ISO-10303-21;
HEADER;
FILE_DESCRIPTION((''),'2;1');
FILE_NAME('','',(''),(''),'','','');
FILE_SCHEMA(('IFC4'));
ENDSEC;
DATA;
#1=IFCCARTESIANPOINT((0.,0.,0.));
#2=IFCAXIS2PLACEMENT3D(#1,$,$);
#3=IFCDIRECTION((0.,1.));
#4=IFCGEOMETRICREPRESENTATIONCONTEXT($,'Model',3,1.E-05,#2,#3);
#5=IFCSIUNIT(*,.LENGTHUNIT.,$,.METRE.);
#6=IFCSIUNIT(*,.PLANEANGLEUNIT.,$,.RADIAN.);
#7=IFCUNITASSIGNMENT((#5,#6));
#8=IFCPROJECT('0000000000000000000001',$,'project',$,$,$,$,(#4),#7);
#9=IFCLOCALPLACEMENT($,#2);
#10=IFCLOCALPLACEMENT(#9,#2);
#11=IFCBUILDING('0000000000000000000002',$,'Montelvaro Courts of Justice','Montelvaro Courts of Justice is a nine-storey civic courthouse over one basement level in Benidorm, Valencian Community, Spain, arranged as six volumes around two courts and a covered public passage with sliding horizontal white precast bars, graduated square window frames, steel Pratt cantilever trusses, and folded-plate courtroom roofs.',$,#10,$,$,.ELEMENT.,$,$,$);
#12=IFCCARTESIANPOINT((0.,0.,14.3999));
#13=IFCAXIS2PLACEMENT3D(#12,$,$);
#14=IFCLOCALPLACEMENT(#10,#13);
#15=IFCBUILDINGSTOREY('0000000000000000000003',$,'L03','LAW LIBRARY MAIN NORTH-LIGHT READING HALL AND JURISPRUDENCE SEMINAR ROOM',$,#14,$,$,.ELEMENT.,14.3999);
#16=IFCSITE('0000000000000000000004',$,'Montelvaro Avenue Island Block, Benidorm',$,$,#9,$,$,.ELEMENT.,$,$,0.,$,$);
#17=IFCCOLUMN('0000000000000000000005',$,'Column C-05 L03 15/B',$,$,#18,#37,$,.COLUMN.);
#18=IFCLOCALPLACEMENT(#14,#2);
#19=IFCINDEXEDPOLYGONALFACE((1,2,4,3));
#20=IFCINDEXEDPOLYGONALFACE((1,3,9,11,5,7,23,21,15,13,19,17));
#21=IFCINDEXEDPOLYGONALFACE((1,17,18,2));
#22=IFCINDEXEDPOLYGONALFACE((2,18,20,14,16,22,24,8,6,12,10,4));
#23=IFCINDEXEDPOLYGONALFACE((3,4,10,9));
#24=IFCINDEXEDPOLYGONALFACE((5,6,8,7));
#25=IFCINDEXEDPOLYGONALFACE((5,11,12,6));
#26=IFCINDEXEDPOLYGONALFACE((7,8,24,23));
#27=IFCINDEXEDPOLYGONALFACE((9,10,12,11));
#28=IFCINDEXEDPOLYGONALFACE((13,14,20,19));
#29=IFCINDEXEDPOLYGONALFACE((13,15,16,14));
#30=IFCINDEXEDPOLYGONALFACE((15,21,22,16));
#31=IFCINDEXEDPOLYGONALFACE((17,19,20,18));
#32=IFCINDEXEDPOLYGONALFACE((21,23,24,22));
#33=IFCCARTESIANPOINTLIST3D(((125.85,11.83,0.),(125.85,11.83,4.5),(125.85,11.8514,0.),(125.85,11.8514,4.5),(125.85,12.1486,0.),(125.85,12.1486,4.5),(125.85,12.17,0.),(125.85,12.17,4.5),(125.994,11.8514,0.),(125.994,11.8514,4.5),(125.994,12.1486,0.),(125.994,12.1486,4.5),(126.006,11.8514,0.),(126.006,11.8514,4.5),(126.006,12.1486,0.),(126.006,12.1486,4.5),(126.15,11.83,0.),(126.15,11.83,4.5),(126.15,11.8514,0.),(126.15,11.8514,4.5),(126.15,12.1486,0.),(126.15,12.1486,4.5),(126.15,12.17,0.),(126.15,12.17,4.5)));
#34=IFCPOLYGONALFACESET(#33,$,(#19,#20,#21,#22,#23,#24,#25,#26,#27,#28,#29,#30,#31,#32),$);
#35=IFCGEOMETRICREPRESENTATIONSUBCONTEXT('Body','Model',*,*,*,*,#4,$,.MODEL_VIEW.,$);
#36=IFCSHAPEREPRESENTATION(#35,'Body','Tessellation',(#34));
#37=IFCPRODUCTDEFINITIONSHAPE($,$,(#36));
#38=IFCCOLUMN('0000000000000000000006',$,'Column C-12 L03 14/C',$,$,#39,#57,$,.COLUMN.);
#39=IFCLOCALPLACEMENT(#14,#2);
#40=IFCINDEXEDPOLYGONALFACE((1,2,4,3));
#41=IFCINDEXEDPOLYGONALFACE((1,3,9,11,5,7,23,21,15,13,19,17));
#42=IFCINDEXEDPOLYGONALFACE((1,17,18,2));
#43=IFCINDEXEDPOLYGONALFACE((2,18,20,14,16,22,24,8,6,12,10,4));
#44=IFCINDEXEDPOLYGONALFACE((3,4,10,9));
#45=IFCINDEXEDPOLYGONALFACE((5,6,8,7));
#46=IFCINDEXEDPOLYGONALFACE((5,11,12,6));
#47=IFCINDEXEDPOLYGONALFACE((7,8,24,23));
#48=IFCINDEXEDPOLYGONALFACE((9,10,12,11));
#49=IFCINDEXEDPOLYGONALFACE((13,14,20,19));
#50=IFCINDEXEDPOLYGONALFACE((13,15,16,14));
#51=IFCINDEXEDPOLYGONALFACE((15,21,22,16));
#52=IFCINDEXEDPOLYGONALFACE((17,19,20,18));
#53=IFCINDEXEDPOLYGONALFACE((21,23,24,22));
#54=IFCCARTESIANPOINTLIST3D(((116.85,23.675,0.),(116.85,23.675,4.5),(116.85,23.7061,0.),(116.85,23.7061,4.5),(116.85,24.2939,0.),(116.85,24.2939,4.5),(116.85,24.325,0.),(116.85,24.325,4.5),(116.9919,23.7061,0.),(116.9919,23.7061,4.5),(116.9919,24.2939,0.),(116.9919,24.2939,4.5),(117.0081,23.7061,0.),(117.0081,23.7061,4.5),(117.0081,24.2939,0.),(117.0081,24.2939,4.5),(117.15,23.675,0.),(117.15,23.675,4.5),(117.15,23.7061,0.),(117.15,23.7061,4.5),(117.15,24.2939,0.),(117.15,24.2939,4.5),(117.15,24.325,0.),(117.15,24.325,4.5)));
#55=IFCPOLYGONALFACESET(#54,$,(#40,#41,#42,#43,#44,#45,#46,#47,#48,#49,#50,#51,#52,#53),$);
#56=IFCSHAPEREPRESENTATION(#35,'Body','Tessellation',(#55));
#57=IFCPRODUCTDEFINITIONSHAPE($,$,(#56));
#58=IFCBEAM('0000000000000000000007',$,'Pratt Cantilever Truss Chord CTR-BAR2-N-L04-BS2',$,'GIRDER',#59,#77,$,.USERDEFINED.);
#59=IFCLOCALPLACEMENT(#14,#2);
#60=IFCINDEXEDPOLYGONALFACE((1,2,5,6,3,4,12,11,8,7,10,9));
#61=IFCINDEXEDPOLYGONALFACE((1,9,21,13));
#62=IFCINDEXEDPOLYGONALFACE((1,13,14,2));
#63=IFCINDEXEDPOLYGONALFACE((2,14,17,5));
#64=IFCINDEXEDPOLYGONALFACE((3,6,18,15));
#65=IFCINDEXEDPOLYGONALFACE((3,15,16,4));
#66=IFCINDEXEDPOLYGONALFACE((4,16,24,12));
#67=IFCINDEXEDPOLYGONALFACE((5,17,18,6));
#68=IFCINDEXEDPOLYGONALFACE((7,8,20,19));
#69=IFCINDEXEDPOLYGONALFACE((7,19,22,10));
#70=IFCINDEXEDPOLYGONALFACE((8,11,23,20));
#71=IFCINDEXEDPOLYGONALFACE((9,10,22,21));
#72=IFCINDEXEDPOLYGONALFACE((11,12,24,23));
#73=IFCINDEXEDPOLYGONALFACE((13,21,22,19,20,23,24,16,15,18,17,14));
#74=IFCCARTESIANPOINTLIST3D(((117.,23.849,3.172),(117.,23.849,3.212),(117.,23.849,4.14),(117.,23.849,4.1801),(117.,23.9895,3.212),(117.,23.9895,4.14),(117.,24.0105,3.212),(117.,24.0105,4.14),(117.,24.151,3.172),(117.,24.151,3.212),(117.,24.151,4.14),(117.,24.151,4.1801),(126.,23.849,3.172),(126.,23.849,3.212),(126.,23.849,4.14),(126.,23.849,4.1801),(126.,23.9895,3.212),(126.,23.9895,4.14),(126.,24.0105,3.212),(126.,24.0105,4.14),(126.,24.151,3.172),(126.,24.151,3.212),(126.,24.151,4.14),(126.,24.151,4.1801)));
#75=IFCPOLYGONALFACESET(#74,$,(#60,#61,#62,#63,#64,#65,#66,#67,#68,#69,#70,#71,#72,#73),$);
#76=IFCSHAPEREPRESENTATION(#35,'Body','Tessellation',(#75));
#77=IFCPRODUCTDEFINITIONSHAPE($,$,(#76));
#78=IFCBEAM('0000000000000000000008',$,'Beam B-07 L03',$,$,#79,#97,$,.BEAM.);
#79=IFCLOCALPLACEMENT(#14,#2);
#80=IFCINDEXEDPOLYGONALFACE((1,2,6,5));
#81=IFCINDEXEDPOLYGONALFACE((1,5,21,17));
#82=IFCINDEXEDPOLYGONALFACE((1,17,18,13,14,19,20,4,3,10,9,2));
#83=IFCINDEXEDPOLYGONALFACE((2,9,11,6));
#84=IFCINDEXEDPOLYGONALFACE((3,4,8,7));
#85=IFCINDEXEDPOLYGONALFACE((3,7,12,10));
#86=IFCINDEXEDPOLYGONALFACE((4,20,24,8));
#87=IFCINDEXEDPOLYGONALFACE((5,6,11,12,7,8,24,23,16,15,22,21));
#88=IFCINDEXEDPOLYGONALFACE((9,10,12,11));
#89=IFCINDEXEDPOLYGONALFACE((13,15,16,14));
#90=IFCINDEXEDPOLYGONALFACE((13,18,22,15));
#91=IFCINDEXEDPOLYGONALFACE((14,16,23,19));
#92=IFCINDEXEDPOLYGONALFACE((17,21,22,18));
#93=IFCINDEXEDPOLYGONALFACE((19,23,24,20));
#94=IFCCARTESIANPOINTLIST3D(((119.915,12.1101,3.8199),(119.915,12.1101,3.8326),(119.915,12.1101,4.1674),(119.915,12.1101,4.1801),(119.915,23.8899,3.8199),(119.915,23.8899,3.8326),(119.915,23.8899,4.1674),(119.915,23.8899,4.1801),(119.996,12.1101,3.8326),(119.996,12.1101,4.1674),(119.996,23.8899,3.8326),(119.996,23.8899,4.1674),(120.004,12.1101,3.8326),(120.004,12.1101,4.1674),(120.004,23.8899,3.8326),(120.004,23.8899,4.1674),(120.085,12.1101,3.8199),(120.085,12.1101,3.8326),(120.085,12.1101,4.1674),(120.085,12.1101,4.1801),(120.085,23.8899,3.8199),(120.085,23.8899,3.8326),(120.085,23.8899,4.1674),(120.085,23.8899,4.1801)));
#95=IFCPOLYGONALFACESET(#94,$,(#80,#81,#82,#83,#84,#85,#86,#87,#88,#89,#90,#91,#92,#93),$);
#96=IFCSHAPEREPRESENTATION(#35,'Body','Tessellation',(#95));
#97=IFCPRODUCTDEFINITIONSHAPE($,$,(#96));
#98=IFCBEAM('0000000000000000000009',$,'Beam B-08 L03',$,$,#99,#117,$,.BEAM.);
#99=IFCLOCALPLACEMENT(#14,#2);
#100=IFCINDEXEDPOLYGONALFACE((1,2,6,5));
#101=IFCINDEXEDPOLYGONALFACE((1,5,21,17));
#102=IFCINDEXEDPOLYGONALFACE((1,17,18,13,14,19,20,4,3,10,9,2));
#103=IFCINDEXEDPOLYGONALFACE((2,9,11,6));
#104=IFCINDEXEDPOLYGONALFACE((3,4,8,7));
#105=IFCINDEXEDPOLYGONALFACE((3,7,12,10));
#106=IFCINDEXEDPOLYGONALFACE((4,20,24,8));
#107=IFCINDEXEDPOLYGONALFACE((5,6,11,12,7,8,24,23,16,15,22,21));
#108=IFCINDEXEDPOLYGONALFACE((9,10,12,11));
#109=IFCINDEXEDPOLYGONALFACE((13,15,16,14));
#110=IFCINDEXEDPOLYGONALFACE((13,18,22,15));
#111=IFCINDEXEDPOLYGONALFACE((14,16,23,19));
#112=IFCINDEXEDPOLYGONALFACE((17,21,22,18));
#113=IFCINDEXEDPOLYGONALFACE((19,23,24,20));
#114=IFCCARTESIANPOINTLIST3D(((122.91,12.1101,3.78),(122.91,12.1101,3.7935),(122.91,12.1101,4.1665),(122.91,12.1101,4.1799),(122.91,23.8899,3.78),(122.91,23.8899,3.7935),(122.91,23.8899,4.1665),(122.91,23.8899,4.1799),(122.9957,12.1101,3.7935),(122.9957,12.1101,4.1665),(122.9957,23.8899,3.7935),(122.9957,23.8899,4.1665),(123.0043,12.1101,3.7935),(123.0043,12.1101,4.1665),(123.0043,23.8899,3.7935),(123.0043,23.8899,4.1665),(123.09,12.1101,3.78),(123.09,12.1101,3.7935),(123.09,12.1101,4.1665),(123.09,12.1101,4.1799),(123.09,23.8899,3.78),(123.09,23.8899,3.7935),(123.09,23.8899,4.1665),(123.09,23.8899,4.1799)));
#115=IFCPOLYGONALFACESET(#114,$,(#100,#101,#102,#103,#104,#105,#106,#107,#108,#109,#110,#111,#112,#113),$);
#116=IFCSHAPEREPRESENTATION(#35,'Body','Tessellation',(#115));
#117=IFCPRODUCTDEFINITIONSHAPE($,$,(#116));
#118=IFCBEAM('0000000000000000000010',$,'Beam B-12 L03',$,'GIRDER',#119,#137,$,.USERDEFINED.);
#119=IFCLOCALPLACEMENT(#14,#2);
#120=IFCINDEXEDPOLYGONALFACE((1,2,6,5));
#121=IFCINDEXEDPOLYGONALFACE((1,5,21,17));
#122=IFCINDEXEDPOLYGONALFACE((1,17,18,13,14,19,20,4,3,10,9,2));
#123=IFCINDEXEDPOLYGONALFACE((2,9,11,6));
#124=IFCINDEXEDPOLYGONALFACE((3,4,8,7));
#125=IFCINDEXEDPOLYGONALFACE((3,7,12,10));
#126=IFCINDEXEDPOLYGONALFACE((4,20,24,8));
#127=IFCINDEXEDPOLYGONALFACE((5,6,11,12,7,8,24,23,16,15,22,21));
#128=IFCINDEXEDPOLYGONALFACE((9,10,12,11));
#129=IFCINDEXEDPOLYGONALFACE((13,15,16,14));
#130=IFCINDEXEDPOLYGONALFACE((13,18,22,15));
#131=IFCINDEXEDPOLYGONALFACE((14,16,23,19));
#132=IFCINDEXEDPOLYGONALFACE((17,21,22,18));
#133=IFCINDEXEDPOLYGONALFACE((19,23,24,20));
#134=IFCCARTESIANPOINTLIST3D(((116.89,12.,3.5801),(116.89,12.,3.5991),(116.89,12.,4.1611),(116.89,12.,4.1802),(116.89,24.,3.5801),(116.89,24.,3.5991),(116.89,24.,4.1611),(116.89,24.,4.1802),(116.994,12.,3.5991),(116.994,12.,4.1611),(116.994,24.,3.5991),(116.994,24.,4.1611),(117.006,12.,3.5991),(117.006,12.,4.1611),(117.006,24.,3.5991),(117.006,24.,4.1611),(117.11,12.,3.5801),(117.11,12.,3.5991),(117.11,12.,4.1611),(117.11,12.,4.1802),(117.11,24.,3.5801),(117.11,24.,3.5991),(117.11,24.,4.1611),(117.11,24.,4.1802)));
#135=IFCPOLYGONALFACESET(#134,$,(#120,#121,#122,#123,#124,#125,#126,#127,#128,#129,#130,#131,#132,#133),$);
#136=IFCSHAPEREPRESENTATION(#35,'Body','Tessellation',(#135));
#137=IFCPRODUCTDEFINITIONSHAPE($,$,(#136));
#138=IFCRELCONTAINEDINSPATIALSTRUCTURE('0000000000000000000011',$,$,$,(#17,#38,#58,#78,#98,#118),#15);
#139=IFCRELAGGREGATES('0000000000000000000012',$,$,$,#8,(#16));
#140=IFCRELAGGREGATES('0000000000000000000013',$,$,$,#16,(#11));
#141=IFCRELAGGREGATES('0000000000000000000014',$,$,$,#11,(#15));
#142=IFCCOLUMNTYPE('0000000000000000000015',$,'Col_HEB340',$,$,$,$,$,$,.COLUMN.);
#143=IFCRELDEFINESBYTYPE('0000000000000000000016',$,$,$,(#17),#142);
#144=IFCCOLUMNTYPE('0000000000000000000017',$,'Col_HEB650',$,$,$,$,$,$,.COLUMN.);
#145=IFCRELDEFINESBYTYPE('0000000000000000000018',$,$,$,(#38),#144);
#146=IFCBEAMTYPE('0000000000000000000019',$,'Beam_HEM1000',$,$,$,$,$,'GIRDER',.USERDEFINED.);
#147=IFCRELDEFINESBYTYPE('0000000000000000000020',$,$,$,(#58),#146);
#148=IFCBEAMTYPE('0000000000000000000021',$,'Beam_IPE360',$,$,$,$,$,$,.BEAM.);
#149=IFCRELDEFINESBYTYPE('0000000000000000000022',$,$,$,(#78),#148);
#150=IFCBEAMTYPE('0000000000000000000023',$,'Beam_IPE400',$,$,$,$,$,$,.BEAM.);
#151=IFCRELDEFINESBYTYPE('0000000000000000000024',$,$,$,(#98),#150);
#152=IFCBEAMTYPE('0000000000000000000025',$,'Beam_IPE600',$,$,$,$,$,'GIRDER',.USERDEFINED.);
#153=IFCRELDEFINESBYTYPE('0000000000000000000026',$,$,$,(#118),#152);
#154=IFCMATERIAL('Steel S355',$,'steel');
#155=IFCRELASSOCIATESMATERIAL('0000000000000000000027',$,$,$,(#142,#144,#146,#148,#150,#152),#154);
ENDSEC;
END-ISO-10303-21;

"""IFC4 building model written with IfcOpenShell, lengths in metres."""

from ifc_helpers import new_model, si_unit, direction, frame, origin, origin_2d, place, context, subcontext, project, spatial, i_section, extrude, material, material_profile, profile_set, type_object, element, save


model = new_model("IFC4")

# Units and contexts
model_context = context("Model", 3, precision=1e-05, world=origin(), true_north=direction((0.0, 1.0)))
body_context = subcontext(model_context, "Body", "Model", "MODEL_VIEW")
ifc_project = project(units=[si_unit("LENGTHUNIT", "METRE"), si_unit("PLANEANGLEUNIT", "RADIAN")], contexts=[model_context])

# Site, building, storey
site_placement = place(None, origin())
site = spatial("IfcSite", under=ifc_project, at=site_placement, Name="Montelvaro Avenue Island Block, Benidorm", CompositionType="ELEMENT", RefElevation=0.0)
building_placement = place(site_placement, origin())
building = spatial("IfcBuilding", under=site, at=building_placement, Name="Montelvaro Courts of Justice", Description="Montelvaro Courts of Justice is a nine-storey civic courthouse over one basement level in Benidorm, Valencian Community, Spain, arranged as six volumes around two courts and a covered public passage with sliding horizontal white precast bars, graduated square window frames, steel Pratt cantilever trusses, and folded-plate courtroom roofs.", CompositionType="ELEMENT")
storey_placement = place(building_placement, frame((0.0, 0.0, 14.3999)))
storey = spatial("IfcBuildingStorey", under=building, at=storey_placement, Name="L03", Description="LAW LIBRARY MAIN NORTH-LIGHT READING HALL AND JURISPRUDENCE SEMINAR ROOM", CompositionType="ELEMENT", Elevation=14.3999)

# Columns
ifc_material_1 = material(Name="Steel S355", Category="steel")
ifc_material_profile_1 = material_profile(ifc_material_1, i_section(OverallWidth=0.3, OverallDepth=0.3401, WebThickness=0.012, FlangeThickness=0.0215, at=origin_2d()), Name="HEB 340")
ifc_profile_set_1 = profile_set([ifc_material_profile_1], Name="Steel S355")
column_type_1 = type_object("IfcColumnType", Name="Col_HEB340", PredefinedType="COLUMN", material=ifc_profile_set_1)
column_1_placement = place(storey_placement, frame((126.0, 12.0, 0.0), z_axis=(0.0, 0.0, 1.0), x_axis=(1.0, 0.0, 0.0)))
element("IfcColumn", 1, at=column_1_placement, inside=storey, type_object=column_type_1, Name="Column C-05 L03 15/B", PredefinedType="COLUMN", context=body_context, shape_type="SweptSolid", body=[
    extrude(i_section(OverallWidth=0.3, OverallDepth=0.3401, WebThickness=0.012, FlangeThickness=0.0215, at=origin_2d()), origin(), (0.0, 0.0, 1.0), 4.5),
])
ifc_material_profile_2 = material_profile(ifc_material_1, i_section(OverallWidth=0.3, OverallDepth=0.6499, WebThickness=0.0161, FlangeThickness=0.031, at=origin_2d()), Name="HEB 650")
ifc_profile_set_2 = profile_set([ifc_material_profile_2], Name="Steel S355")
column_type_2 = type_object("IfcColumnType", Name="Col_HEB650", PredefinedType="COLUMN", material=ifc_profile_set_2)
column_2_placement = place(storey_placement, frame((117.0, 24.0, 0.0), z_axis=(0.0, 0.0, 1.0), x_axis=(1.0, 0.0, 0.0)))
element("IfcColumn", 2, at=column_2_placement, inside=storey, type_object=column_type_2, Name="Column C-12 L03 14/C", PredefinedType="COLUMN", context=body_context, shape_type="SweptSolid", body=[
    extrude(i_section(OverallWidth=0.3, OverallDepth=0.6499, WebThickness=0.0161, FlangeThickness=0.031, at=origin_2d()), origin(), (0.0, 0.0, 1.0), 4.5),
])

# Beams
ifc_material_profile_3 = material_profile(ifc_material_1, i_section(OverallWidth=0.302, OverallDepth=1.0081, WebThickness=0.021, FlangeThickness=0.04, at=origin_2d()), Name="HEM 1000")
ifc_profile_set_3 = profile_set([ifc_material_profile_3], Name="Steel S355")
beam_type_1 = type_object("IfcBeamType", Name="Beam_HEM1000", ElementType="GIRDER", PredefinedType="USERDEFINED", material=ifc_profile_set_3)
beam_1_placement = place(storey_placement, frame((117.0, 24.0, 3.676), z_axis=(1.0, 0.0, 0.0), x_axis=(0.0, 1.0, 0.0)))
element("IfcBeam", 3, at=beam_1_placement, inside=storey, type_object=beam_type_1, Name="Pratt Cantilever Truss Chord CTR-BAR2-N-L04-BS2", ObjectType="GIRDER", PredefinedType="USERDEFINED", context=body_context, shape_type="SweptSolid", body=[
    extrude(i_section(OverallWidth=0.302, OverallDepth=1.0081, WebThickness=0.021, FlangeThickness=0.04, at=origin_2d()), origin(), (0.0, 0.0, 1.0), 9.0),
])
ifc_material_profile_4 = material_profile(ifc_material_1, i_section(OverallWidth=0.1699, OverallDepth=0.3601, WebThickness=0.0081, FlangeThickness=0.0127, at=origin_2d()), Name="IPE 360")
ifc_profile_set_4 = profile_set([ifc_material_profile_4], Name="Steel S355")
beam_type_2 = type_object("IfcBeamType", Name="Beam_IPE360", PredefinedType="BEAM", material=ifc_profile_set_4)
beam_2_placement = place(storey_placement, frame((120.0, 12.1101, 4.0), z_axis=(0.0, 1.0, 0.0), x_axis=(-1.0, 0.0, 0.0)))
element("IfcBeam", 4, at=beam_2_placement, inside=storey, type_object=beam_type_2, Name="Beam B-07 L03", PredefinedType="BEAM", context=body_context, shape_type="SweptSolid", body=[
    extrude(i_section(OverallWidth=0.1699, OverallDepth=0.3601, WebThickness=0.0081, FlangeThickness=0.0127, at=origin_2d()), origin(), (0.0, 0.0, 1.0), 11.7798),
])
ifc_material_profile_5 = material_profile(ifc_material_1, i_section(OverallWidth=0.1799, OverallDepth=0.3999, WebThickness=0.0085, FlangeThickness=0.0134, at=origin_2d()), Name="IPE 400")
ifc_profile_set_5 = profile_set([ifc_material_profile_5], Name="Steel S355")
beam_type_3 = type_object("IfcBeamType", Name="Beam_IPE400", PredefinedType="BEAM", material=ifc_profile_set_5)
beam_3_placement = place(storey_placement, frame((123.0, 12.1101, 3.98), z_axis=(0.0, 1.0, 0.0), x_axis=(-1.0, 0.0, 0.0)))
element("IfcBeam", 5, at=beam_3_placement, inside=storey, type_object=beam_type_3, Name="Beam B-08 L03", PredefinedType="BEAM", context=body_context, shape_type="SweptSolid", body=[
    extrude(i_section(OverallWidth=0.1799, OverallDepth=0.3999, WebThickness=0.0085, FlangeThickness=0.0134, at=origin_2d()), origin(), (0.0, 0.0, 1.0), 11.7798),
])
ifc_material_profile_6 = material_profile(ifc_material_1, i_section(OverallWidth=0.22, OverallDepth=0.6001, WebThickness=0.012, FlangeThickness=0.019, at=origin_2d()), Name="IPE 600")
ifc_profile_set_6 = profile_set([ifc_material_profile_6], Name="Steel S355")
beam_type_4 = type_object("IfcBeamType", Name="Beam_IPE600", ElementType="GIRDER", PredefinedType="USERDEFINED", material=ifc_profile_set_6)
beam_4_placement = place(storey_placement, frame((117.0, 12.0, 3.8801), z_axis=(0.0, 1.0, 0.0), x_axis=(-1.0, 0.0, 0.0)))
element("IfcBeam", 6, at=beam_4_placement, inside=storey, type_object=beam_type_4, Name="Beam B-12 L03", ObjectType="GIRDER", PredefinedType="USERDEFINED", context=body_context, shape_type="SweptSolid", body=[
    extrude(i_section(OverallWidth=0.22, OverallDepth=0.6001, WebThickness=0.012, FlangeThickness=0.019, at=origin_2d()), origin(), (0.0, 0.0, 1.0), 12.0),
])

save(model, "model.ifc")
